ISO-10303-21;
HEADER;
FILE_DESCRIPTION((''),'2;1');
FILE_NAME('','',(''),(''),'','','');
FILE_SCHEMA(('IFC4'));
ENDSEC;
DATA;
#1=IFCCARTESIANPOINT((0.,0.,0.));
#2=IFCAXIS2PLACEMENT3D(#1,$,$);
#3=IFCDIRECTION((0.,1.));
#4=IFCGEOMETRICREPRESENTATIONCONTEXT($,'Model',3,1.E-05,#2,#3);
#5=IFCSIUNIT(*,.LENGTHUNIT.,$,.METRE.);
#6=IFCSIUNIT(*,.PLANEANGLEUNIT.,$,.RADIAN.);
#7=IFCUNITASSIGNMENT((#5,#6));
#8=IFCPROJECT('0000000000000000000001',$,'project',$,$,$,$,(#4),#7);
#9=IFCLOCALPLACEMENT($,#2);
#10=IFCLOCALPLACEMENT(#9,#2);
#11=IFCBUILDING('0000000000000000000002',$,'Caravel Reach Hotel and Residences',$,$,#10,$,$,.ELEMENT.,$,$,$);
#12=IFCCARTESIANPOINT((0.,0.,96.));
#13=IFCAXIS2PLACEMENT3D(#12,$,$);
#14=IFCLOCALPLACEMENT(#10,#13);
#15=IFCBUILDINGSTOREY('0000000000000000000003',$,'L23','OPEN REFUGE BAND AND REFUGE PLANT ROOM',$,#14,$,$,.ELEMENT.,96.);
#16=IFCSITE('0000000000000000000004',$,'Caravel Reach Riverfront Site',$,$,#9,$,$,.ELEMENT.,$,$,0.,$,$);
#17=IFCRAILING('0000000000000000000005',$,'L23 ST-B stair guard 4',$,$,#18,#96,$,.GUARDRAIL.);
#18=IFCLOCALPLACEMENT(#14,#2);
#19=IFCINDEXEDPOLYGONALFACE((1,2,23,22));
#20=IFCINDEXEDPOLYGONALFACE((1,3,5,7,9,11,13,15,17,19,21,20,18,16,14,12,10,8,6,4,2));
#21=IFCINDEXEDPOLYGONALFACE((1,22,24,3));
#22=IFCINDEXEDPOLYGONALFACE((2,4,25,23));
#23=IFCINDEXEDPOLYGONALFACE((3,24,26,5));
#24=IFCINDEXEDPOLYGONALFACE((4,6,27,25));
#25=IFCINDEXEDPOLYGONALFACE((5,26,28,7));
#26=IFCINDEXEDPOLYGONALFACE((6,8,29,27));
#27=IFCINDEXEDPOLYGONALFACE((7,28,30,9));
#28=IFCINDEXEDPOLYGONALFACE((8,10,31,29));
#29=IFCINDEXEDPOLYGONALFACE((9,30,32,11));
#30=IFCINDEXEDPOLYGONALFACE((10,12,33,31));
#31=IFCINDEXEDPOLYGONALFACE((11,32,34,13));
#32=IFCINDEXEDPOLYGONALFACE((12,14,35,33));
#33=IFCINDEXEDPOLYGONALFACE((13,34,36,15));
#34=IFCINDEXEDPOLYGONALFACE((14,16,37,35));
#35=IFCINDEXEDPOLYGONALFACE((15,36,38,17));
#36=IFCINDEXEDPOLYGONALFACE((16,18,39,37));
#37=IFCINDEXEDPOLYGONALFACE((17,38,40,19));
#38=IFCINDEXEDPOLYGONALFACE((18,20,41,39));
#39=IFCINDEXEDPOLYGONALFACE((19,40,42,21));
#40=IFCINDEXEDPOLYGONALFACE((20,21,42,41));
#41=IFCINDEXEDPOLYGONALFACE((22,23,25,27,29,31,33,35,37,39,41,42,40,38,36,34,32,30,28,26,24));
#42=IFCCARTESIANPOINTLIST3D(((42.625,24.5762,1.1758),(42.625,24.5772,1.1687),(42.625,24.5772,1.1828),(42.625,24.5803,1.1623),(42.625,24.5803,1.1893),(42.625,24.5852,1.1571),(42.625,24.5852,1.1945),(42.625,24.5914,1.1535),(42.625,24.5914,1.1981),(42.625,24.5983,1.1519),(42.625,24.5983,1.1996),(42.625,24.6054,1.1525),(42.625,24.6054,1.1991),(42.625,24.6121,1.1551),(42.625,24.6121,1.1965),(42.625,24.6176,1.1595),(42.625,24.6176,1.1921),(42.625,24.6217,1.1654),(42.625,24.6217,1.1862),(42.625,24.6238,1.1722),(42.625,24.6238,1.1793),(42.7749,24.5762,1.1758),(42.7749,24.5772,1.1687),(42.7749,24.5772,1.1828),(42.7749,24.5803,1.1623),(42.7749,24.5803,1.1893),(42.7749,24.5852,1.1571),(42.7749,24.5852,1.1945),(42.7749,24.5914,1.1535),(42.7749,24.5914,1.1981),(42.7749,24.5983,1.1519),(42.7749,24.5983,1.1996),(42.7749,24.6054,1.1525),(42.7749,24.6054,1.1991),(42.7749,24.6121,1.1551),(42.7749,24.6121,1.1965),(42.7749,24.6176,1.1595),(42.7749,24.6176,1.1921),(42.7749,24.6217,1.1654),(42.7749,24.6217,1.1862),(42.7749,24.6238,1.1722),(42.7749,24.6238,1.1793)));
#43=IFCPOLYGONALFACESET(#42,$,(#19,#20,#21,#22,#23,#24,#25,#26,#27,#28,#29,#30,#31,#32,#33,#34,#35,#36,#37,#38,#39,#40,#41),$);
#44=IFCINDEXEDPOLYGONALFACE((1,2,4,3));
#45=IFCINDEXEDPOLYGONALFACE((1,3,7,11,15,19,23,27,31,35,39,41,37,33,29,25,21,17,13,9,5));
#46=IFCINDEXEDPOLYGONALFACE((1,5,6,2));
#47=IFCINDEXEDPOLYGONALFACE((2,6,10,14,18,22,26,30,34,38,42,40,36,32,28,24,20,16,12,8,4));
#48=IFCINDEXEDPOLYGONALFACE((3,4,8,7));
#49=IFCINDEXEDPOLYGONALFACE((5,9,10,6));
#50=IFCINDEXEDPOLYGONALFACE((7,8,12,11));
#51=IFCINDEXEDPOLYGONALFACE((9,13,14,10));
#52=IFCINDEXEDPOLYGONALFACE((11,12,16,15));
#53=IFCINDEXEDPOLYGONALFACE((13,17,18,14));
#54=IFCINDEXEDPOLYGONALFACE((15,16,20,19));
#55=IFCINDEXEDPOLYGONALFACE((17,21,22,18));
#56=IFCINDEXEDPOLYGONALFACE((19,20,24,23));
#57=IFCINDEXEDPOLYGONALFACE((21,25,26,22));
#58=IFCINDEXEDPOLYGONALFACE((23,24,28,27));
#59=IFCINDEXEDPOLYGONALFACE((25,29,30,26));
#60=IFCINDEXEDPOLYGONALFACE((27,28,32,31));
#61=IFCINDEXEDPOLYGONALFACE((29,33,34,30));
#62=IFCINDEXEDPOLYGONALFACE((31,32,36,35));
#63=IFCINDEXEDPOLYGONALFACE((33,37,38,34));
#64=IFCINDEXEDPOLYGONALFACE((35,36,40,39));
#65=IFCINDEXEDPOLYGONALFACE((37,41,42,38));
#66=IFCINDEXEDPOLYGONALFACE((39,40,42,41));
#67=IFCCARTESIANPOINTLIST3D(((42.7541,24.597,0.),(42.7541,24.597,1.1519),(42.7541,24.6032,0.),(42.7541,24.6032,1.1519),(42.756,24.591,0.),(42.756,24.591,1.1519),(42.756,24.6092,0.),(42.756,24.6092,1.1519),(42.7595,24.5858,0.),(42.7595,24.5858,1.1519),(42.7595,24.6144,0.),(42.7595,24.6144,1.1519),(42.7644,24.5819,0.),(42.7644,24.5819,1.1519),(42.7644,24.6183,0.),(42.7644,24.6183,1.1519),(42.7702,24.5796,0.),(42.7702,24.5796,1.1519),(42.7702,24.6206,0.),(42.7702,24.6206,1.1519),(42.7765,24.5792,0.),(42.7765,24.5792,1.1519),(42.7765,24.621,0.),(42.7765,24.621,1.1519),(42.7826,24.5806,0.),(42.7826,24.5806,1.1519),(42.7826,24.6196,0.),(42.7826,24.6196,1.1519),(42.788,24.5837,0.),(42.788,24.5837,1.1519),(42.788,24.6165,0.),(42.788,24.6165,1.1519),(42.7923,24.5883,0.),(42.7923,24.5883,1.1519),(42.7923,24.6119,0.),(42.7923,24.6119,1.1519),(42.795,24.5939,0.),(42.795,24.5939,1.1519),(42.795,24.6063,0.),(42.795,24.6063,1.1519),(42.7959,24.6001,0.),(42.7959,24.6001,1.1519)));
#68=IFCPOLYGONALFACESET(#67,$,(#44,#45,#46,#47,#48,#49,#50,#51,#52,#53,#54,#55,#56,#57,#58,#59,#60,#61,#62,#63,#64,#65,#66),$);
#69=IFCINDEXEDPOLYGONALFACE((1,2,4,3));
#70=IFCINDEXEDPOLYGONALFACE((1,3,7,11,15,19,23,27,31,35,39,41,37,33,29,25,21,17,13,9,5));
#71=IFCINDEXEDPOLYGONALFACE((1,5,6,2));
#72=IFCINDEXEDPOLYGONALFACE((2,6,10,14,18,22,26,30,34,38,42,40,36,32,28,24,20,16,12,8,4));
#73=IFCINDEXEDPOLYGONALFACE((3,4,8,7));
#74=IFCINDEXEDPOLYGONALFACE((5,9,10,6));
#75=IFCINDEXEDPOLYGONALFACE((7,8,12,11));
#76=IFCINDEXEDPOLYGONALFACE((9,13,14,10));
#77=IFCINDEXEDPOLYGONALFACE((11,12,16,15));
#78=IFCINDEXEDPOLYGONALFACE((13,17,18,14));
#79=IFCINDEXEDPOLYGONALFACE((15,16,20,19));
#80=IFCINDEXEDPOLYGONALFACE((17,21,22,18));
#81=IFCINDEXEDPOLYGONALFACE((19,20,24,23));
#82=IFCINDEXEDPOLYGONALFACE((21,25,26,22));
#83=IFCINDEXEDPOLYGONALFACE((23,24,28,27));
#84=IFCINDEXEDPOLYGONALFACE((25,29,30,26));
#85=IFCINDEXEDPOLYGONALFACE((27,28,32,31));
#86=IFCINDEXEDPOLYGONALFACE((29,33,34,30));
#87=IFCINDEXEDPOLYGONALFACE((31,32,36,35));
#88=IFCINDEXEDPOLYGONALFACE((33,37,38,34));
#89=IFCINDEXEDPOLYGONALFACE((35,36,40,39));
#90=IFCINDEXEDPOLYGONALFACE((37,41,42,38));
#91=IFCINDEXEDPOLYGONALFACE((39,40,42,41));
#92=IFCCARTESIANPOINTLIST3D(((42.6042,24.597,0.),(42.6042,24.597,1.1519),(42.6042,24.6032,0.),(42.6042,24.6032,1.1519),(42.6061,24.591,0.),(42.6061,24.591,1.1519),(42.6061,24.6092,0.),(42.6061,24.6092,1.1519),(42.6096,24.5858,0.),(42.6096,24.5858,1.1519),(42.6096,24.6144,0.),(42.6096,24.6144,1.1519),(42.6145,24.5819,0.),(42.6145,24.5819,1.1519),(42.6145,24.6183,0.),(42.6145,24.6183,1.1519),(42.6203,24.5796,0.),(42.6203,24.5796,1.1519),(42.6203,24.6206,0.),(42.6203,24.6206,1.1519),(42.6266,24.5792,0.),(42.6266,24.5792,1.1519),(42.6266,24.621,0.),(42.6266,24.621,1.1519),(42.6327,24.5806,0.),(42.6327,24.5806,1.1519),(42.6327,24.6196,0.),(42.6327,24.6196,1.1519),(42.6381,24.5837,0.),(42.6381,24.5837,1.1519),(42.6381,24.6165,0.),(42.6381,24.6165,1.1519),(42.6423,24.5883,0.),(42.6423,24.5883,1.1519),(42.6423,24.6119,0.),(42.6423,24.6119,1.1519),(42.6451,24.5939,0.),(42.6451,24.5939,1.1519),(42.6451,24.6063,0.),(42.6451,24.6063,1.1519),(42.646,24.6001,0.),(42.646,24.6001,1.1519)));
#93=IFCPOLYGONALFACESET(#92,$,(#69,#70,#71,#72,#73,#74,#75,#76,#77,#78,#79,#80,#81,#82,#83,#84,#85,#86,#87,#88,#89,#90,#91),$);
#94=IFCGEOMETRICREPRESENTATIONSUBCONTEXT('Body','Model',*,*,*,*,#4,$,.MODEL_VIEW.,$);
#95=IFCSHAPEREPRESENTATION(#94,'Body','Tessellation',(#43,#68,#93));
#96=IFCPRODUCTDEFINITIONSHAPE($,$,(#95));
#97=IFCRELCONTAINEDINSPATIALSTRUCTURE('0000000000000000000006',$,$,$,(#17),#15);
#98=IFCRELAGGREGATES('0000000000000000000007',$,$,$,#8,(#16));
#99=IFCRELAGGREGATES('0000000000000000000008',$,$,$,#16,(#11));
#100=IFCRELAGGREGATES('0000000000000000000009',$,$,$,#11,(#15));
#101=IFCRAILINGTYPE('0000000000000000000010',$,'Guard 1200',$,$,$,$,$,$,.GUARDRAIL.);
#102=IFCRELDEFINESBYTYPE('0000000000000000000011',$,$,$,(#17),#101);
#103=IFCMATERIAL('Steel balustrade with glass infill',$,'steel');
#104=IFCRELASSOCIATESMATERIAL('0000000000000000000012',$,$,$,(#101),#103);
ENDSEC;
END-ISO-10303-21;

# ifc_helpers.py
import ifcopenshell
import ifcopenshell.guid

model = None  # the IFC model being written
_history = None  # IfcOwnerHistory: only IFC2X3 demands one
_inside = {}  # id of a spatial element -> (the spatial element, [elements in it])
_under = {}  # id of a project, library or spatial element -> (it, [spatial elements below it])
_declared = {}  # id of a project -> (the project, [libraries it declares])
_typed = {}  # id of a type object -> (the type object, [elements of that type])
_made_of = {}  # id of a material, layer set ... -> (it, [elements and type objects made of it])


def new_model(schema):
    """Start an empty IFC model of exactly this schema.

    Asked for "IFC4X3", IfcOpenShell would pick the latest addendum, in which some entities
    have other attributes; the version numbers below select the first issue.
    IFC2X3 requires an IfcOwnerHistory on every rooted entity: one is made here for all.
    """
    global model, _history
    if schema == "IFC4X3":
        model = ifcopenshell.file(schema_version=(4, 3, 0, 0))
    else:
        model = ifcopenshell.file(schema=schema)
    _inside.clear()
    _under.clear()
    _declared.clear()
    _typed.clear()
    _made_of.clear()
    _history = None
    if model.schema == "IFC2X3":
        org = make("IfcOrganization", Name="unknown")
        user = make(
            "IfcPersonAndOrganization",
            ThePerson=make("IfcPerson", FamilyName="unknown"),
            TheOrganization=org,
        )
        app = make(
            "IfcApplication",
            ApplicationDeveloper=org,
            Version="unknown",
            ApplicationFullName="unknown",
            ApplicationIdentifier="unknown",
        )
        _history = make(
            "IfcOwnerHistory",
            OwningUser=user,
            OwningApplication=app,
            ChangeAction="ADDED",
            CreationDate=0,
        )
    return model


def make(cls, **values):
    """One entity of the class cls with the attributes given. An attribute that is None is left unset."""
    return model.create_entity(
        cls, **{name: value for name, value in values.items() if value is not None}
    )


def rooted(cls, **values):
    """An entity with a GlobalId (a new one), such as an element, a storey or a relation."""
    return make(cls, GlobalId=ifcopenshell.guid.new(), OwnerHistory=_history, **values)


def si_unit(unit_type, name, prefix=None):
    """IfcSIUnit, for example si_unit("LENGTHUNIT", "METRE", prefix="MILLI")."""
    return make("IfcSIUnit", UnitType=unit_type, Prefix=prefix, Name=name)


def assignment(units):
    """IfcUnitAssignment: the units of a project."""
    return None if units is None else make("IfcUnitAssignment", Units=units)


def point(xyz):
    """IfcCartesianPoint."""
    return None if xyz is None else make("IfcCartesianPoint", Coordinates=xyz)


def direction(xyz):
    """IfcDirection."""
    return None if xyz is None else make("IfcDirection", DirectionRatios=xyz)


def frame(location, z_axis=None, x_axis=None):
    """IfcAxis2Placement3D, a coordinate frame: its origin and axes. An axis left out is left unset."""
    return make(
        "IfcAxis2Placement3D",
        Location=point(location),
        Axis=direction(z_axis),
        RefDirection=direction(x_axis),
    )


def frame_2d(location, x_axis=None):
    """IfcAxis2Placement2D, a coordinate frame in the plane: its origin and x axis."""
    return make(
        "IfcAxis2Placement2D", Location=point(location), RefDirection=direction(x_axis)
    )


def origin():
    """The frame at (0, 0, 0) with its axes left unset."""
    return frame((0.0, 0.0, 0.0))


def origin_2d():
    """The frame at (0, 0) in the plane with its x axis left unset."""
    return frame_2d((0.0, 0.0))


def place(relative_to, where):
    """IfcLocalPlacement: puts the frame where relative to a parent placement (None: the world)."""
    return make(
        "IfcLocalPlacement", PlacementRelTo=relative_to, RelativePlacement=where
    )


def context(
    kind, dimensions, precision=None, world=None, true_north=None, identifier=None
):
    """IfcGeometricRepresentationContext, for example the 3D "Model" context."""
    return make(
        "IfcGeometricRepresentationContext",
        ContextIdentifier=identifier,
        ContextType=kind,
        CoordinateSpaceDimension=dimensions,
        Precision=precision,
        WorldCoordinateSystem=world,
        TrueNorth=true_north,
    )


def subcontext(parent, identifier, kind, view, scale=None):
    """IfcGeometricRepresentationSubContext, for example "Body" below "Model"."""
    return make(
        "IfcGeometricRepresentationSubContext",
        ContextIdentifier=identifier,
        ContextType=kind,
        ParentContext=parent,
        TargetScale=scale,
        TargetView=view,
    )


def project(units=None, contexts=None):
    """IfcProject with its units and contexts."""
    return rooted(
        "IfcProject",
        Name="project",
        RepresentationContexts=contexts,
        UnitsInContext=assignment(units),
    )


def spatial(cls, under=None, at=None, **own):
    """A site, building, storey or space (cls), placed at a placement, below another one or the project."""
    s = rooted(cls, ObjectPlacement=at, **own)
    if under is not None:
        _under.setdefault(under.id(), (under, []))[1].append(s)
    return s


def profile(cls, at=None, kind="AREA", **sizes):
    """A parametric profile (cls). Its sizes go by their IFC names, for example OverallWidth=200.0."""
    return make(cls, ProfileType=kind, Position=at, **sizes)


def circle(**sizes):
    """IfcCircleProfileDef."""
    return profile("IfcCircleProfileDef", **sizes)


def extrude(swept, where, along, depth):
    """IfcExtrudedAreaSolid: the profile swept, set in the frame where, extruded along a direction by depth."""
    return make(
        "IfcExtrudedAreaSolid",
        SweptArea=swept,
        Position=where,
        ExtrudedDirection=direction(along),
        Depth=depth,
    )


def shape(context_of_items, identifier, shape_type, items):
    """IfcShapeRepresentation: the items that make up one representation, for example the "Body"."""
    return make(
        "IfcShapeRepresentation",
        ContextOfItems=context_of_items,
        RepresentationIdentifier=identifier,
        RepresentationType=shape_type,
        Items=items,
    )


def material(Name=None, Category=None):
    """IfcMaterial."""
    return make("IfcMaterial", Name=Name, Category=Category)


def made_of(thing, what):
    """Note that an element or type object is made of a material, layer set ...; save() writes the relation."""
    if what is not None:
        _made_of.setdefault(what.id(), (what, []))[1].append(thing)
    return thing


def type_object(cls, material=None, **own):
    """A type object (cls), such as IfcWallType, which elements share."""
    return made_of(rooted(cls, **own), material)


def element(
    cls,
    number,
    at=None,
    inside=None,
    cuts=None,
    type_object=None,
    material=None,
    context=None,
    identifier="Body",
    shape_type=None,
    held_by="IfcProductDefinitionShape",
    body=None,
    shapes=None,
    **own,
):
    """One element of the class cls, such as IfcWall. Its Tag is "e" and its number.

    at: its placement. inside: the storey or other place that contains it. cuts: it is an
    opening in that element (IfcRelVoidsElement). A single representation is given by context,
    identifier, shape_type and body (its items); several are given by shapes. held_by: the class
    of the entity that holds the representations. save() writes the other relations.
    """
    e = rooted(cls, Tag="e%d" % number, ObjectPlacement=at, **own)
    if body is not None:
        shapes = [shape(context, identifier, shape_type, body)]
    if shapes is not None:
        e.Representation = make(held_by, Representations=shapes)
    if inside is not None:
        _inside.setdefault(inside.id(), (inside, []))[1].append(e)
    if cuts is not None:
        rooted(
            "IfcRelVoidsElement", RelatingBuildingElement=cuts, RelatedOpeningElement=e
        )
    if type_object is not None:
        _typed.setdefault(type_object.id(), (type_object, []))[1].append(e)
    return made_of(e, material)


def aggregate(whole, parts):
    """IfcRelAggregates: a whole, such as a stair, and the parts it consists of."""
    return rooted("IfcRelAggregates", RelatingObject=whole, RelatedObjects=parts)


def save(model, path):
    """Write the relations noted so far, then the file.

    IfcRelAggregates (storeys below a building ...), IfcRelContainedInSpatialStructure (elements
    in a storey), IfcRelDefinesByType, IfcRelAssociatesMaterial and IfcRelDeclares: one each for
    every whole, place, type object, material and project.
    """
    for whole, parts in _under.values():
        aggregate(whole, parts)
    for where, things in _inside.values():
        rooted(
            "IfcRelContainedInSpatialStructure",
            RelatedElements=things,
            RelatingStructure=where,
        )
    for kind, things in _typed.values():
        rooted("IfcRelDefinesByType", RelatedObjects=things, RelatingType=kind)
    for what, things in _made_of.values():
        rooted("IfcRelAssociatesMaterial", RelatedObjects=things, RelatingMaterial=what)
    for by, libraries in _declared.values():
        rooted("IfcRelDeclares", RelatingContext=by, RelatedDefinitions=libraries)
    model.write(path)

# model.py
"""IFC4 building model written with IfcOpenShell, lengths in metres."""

from ifc_helpers import new_model, si_unit, direction, frame, origin, origin_2d, place, context, subcontext, project, spatial, circle, extrude, material, type_object, element, save


model = new_model("IFC4")

# Units and contexts
model_context = context("Model", 3, precision=1e-05, world=origin(), true_north=direction((0.0, 1.0)))
body_context = subcontext(model_context, "Body", "Model", "MODEL_VIEW")
ifc_project = project(units=[si_unit("LENGTHUNIT", "METRE"), si_unit("PLANEANGLEUNIT", "RADIAN")], contexts=[model_context])

# Site, building, storey
site_placement = place(None, origin())
site = spatial("IfcSite", under=ifc_project, at=site_placement, Name="Caravel Reach Riverfront Site", CompositionType="ELEMENT", RefElevation=0.0)
building_placement = place(site_placement, origin())
building = spatial("IfcBuilding", under=site, at=building_placement, Name="Caravel Reach Hotel and Residences", CompositionType="ELEMENT")
storey_placement = place(building_placement, frame((0.0, 0.0, 96.0)))
storey = spatial("IfcBuildingStorey", under=building, at=storey_placement, Name="L23", Description="OPEN REFUGE BAND AND REFUGE PLANT ROOM", CompositionType="ELEMENT", Elevation=96.0)

# Railing
ifc_material_1 = material(Name="Steel balustrade with glass infill", Category="steel")
railing_type_1 = type_object("IfcRailingType", Name="Guard 1200", PredefinedType="GUARDRAIL", material=ifc_material_1)
railing_1_placement = place(storey_placement, frame((42.7749, 24.6001, 0.0)))
element("IfcRailing", 1, at=railing_1_placement, inside=storey, type_object=railing_type_1, Name="L23 ST-B stair guard 4", PredefinedType="GUARDRAIL", context=body_context, shape_type="SweptSolid", body=[
    extrude(circle(Radius=0.0239, at=origin_2d()), frame((0.0, 0.0, 1.1758), z_axis=(-1.0, 0.0, 0.0), x_axis=(0.0, -1.0, 0.0)), (0.0, 0.0, 1.0), 0.1499),
    extrude(circle(Radius=0.021, at=origin_2d()), origin(), (0.0, 0.0, 1.0), 1.1519),
    extrude(circle(Radius=0.021, at=origin_2d()), frame((-0.1499, 0.0, 0.0)), (0.0, 0.0, 1.0), 1.1519),
])

save(model, "model.ifc")
